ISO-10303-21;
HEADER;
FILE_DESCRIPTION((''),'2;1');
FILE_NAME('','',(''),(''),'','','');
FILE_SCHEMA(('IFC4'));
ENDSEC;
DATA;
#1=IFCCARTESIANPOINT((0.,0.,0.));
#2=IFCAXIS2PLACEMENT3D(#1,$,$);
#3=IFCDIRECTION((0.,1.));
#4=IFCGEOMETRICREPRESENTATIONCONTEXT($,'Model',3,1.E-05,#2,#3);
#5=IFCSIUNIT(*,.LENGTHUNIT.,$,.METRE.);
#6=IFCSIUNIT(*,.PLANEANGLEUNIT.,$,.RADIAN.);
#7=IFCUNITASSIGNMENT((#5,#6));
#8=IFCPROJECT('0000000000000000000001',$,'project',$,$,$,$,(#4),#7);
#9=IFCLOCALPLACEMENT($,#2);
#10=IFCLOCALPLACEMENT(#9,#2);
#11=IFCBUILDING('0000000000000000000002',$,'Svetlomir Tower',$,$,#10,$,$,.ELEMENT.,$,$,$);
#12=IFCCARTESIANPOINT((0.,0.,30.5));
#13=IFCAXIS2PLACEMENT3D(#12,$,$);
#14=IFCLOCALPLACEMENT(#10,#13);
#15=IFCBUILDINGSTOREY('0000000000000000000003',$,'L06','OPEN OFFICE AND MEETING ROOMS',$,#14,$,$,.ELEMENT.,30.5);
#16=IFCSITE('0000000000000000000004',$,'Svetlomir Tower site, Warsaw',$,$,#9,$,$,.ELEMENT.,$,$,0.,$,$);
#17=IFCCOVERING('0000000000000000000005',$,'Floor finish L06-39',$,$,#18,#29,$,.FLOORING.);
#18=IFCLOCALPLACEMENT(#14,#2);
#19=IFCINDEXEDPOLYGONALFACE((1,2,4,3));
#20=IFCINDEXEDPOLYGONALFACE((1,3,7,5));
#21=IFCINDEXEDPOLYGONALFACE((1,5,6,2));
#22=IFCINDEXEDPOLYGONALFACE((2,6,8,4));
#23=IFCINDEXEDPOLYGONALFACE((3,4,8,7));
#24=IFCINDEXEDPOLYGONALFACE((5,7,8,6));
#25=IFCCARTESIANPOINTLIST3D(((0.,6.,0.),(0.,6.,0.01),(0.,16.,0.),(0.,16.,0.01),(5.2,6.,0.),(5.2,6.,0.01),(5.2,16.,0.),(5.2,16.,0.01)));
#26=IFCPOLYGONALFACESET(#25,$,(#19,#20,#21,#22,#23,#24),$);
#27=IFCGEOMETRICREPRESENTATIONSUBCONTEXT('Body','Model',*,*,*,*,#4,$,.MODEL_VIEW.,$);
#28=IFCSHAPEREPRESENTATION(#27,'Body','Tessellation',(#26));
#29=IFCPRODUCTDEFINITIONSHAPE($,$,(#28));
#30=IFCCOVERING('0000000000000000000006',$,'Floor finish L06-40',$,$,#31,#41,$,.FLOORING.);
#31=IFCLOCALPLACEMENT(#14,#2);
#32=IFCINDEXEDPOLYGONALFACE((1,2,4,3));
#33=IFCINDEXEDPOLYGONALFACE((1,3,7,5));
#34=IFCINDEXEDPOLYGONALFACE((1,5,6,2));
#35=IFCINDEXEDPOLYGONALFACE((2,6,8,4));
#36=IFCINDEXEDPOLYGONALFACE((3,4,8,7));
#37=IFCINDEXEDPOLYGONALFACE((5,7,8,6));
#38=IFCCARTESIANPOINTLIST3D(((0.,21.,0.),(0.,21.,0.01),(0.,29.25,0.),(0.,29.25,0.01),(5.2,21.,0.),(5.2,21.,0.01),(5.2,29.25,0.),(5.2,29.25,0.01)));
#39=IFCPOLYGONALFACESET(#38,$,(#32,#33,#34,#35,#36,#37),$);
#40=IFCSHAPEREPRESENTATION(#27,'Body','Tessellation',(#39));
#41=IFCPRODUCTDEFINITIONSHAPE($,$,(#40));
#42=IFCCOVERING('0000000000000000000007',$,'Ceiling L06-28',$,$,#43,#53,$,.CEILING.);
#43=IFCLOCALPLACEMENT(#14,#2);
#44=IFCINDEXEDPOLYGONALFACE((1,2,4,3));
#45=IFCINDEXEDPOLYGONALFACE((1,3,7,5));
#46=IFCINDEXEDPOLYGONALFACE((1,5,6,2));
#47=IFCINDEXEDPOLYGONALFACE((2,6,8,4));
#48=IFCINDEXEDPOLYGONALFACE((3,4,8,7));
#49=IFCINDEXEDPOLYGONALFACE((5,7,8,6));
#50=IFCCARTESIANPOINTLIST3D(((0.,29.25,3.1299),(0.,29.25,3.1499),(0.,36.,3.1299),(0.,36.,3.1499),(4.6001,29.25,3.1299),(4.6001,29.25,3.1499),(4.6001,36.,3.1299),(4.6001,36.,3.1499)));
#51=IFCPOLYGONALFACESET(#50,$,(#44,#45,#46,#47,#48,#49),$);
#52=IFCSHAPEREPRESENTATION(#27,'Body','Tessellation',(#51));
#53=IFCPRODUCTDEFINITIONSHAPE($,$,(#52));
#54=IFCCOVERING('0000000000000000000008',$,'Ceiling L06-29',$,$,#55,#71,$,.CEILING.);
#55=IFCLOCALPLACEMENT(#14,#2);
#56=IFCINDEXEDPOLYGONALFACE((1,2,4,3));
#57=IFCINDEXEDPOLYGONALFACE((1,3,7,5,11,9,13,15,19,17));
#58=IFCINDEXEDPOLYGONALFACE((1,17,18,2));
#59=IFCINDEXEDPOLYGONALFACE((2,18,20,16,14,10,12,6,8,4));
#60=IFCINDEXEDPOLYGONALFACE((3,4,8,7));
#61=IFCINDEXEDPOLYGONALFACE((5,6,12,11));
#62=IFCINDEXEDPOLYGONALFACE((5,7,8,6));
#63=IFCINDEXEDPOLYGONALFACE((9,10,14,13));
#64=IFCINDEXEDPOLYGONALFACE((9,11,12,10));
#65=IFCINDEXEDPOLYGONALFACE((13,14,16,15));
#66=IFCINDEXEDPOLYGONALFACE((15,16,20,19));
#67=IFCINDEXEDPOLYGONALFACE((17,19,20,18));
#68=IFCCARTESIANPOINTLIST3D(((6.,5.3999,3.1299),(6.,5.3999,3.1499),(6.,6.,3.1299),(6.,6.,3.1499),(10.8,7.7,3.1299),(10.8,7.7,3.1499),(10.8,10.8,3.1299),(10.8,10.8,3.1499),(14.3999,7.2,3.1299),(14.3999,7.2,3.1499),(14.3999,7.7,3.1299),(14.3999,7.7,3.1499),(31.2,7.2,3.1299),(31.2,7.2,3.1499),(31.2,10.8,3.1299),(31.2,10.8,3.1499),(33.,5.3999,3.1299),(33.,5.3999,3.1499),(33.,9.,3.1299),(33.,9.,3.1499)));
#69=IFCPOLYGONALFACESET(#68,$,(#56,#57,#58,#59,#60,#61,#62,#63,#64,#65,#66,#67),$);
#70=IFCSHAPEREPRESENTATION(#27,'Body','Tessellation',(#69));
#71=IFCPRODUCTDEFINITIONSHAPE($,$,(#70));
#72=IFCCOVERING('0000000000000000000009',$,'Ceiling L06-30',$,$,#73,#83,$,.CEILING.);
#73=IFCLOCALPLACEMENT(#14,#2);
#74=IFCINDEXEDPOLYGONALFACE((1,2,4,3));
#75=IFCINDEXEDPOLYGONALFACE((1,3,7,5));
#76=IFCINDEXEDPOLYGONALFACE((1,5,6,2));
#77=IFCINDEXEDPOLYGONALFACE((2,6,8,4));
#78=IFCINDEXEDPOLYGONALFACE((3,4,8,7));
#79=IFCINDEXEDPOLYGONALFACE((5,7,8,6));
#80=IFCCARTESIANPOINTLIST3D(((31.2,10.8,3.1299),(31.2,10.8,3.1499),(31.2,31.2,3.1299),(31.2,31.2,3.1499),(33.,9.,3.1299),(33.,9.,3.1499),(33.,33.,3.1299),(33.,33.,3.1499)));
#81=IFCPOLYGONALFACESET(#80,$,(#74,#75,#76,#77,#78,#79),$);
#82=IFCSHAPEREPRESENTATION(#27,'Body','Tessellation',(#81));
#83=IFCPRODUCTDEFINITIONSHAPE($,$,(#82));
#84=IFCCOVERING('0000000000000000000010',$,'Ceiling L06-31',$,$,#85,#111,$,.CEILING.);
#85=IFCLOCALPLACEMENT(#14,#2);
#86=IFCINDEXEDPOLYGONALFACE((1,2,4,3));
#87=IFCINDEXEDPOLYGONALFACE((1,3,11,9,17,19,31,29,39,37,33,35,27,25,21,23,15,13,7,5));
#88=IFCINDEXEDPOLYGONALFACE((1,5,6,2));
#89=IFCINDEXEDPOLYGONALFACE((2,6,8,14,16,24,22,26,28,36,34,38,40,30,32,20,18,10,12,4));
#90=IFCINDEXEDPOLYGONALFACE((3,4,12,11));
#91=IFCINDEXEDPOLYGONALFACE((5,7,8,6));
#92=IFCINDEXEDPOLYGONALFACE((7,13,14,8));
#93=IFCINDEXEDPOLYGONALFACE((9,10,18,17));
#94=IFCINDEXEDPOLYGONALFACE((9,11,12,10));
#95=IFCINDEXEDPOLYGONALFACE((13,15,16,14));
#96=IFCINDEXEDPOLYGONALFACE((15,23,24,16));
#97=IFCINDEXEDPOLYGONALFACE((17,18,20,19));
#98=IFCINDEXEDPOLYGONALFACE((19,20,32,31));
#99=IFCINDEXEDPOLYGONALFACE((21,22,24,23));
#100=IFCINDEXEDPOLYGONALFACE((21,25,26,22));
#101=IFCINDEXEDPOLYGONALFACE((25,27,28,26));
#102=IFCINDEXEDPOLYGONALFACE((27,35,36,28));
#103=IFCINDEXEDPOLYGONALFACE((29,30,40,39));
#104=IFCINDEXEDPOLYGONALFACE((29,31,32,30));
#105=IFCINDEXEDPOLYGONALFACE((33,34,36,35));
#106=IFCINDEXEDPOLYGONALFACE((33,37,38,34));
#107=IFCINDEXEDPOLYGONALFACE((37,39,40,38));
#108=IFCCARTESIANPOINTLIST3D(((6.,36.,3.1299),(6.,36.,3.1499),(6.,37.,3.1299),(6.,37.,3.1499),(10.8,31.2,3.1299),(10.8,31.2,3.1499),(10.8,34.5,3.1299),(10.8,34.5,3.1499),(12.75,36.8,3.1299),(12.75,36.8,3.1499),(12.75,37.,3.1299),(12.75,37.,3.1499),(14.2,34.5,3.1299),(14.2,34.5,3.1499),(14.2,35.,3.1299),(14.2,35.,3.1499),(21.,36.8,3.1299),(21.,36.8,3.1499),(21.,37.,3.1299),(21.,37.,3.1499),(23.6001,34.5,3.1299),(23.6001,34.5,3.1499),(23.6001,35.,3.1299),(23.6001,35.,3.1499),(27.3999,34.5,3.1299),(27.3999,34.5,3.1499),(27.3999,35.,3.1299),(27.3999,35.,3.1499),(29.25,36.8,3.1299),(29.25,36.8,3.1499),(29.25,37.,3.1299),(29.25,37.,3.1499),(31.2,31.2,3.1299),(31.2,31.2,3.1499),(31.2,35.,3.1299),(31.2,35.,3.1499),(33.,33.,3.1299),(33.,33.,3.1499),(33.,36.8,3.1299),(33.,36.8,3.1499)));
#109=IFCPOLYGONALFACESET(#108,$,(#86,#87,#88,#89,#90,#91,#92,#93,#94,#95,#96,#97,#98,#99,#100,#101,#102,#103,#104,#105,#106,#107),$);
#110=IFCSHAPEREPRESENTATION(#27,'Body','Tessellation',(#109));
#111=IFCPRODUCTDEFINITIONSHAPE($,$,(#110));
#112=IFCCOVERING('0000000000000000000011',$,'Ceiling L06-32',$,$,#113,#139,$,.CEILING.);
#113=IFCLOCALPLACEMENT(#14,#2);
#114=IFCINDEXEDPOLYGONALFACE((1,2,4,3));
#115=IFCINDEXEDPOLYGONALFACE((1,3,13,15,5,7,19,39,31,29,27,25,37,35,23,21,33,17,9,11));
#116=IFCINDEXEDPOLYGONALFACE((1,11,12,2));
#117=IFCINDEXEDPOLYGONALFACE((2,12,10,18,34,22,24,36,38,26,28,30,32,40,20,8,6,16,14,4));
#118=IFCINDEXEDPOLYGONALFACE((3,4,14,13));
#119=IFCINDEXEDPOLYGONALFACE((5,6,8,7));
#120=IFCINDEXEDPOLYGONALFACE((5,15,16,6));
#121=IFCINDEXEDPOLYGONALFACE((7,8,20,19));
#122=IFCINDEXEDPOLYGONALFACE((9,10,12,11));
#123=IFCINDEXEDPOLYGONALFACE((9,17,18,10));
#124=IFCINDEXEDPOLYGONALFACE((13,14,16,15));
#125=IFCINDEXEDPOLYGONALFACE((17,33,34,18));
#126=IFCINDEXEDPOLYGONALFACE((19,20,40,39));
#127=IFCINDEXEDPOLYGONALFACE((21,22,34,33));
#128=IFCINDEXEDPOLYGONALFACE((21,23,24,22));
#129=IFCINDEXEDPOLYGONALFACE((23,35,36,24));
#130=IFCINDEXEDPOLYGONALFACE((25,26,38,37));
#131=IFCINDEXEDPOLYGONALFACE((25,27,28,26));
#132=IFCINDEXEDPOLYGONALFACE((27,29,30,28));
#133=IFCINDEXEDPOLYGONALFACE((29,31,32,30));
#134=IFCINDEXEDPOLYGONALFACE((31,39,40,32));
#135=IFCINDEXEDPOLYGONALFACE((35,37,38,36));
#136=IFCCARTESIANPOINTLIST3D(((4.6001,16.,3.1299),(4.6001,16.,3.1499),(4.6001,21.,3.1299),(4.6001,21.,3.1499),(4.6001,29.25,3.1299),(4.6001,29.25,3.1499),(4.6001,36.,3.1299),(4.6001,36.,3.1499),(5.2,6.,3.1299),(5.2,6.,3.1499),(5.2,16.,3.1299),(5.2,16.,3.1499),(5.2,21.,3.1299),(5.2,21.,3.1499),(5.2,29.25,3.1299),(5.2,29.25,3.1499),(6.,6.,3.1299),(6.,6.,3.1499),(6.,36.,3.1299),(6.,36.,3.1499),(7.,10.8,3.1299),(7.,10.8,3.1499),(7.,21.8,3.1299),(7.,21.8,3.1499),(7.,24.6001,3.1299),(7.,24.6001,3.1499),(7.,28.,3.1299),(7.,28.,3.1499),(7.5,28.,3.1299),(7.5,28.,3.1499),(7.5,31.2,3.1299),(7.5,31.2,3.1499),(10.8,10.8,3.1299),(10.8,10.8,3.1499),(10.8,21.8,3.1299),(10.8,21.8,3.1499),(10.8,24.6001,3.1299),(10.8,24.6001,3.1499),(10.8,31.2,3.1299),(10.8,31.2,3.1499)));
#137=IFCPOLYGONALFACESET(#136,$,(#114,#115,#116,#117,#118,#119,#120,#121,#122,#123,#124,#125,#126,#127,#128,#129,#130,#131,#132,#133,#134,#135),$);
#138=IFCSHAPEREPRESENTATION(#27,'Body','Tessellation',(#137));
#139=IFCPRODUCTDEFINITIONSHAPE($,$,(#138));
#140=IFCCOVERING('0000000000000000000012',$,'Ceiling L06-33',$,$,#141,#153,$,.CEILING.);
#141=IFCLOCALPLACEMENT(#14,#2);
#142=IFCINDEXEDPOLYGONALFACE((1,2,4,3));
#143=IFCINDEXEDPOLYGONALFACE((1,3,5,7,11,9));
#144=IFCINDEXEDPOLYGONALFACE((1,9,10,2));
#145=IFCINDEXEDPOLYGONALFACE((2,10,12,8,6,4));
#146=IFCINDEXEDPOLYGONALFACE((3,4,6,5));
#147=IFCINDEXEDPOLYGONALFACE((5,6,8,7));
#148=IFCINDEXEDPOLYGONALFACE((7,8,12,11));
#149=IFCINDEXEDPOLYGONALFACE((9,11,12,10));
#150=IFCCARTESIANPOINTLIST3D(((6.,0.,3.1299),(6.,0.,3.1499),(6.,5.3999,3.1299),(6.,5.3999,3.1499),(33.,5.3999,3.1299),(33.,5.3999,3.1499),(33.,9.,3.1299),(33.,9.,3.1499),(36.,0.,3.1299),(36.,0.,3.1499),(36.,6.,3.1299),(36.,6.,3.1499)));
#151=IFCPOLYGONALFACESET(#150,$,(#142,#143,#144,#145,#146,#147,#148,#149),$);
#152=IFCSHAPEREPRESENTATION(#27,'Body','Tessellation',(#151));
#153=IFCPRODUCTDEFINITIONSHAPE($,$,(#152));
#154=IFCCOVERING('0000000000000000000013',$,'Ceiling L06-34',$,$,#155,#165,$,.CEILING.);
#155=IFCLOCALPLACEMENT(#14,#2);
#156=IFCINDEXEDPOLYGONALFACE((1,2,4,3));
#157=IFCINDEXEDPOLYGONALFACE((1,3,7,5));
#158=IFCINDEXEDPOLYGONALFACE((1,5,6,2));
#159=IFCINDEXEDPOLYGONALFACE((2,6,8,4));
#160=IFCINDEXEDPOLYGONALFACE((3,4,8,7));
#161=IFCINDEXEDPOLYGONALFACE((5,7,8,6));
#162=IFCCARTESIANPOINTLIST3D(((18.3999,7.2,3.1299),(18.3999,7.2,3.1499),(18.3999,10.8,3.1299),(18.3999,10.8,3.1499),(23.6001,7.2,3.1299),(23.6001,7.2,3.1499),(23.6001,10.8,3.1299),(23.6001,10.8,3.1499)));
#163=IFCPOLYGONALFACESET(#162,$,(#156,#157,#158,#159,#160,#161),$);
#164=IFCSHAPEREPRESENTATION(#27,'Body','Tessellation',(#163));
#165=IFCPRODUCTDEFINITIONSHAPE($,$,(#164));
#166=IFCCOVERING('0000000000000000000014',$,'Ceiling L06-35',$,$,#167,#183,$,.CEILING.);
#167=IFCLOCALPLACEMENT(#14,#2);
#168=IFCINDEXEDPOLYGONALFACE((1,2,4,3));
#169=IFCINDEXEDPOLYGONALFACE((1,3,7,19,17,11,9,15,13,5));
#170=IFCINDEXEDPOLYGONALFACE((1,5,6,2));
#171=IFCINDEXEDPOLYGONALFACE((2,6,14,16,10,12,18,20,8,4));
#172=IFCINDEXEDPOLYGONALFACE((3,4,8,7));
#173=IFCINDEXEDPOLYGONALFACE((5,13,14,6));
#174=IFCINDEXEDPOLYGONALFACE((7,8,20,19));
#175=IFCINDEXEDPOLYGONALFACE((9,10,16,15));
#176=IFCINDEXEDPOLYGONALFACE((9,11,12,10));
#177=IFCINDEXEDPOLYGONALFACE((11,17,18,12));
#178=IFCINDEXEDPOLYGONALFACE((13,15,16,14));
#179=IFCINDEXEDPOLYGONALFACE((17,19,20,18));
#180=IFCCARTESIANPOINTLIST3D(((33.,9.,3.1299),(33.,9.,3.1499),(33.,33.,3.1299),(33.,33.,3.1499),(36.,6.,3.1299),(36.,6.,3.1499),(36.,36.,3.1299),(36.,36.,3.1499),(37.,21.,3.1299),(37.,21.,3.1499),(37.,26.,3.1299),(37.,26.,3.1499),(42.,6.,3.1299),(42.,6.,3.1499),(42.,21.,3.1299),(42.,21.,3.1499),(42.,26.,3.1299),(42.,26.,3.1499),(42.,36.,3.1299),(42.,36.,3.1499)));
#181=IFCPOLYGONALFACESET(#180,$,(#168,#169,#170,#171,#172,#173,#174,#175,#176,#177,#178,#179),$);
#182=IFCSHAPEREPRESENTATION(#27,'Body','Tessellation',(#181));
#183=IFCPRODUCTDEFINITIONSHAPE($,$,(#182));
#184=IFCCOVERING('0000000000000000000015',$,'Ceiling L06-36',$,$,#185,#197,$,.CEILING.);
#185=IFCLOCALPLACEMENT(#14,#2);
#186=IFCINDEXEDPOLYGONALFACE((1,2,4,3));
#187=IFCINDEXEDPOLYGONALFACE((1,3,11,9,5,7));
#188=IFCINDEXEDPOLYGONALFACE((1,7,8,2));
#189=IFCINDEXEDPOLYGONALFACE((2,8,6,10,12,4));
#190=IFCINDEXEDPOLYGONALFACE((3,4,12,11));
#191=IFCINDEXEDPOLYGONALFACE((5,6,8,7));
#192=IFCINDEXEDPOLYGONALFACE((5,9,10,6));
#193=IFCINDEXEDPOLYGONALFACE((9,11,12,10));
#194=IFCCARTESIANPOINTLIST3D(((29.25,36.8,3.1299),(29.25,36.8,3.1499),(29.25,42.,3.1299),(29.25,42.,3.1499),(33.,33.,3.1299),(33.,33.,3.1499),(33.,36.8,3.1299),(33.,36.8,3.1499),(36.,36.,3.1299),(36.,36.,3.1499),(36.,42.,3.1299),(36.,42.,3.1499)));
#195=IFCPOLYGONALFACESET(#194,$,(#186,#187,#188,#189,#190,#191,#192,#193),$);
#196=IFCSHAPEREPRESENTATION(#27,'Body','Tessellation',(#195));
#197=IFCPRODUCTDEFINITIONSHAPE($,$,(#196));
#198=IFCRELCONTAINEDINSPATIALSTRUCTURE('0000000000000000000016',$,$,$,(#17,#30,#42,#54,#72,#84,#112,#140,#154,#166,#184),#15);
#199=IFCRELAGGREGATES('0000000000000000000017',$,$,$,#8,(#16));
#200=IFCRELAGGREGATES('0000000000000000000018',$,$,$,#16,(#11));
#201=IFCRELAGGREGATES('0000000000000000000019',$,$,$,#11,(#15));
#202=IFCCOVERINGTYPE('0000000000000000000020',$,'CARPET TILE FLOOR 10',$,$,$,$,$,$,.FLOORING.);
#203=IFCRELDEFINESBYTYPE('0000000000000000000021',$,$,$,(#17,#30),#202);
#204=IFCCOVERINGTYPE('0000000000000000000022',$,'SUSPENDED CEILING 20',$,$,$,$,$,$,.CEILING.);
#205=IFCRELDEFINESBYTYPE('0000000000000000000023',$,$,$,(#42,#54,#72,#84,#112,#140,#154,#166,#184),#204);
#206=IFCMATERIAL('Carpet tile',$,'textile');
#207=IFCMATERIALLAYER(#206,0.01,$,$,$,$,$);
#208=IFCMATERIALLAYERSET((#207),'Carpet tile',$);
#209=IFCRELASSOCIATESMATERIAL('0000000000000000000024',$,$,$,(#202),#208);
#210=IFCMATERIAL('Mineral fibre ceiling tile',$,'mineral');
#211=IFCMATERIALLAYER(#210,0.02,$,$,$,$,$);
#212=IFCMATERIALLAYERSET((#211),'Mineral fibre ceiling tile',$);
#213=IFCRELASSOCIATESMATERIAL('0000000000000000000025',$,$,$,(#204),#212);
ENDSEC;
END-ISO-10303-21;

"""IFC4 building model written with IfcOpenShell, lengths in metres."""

from ifc_helpers import new_model, si_unit, direction, frame, origin, place, context, subcontext, project, spatial, polyline, outline, extrude, material, layer, layer_set, type_object, element, save


model = new_model("IFC4")

# Units and contexts
model_context = context("Model", 3, precision=1e-05, world=origin(), true_north=direction((0.0, 1.0)))
body_context = subcontext(model_context, "Body", "Model", "MODEL_VIEW")
ifc_project = project(units=[si_unit("LENGTHUNIT", "METRE"), si_unit("PLANEANGLEUNIT", "RADIAN")], contexts=[model_context])

# Site, building, storey
site_placement = place(None, origin())
site = spatial("IfcSite", under=ifc_project, at=site_placement, Name="Svetlomir Tower site, Warsaw", CompositionType="ELEMENT", RefElevation=0.0)
building_placement = place(site_placement, origin())
building = spatial("IfcBuilding", under=site, at=building_placement, Name="Svetlomir Tower", CompositionType="ELEMENT")
storey_placement = place(building_placement, frame((0.0, 0.0, 30.5)))
storey = spatial("IfcBuildingStorey", under=building, at=storey_placement, Name="L06", Description="OPEN OFFICE AND MEETING ROOMS", CompositionType="ELEMENT", Elevation=30.5)

# Coverings
ifc_material_1 = material(Name="Carpet tile", Category="textile")
ifc_layer_1 = layer(ifc_material_1, 0.01)
ifc_layer_set_1 = layer_set([ifc_layer_1], Name="Carpet tile")
covering_type_1 = type_object("IfcCoveringType", Name="CARPET TILE FLOOR 10", PredefinedType="FLOORING", material=ifc_layer_set_1)
covering_1_placement = place(storey_placement, origin())
element("IfcCovering", 1, at=covering_1_placement, inside=storey, type_object=covering_type_1, Name="Floor finish L06-39", PredefinedType="FLOORING", context=body_context, shape_type="SweptSolid", body=[
    extrude(outline(polyline([(0.0, 16.0), (5.2, 16.0), (5.2, 6.0), (0.0, 6.0), (0.0, 16.0)])), origin(), (0.0, 0.0, 1.0), 0.01),
])
covering_2_placement = place(storey_placement, origin())
element("IfcCovering", 2, at=covering_2_placement, inside=storey, type_object=covering_type_1, Name="Floor finish L06-40", PredefinedType="FLOORING", context=body_context, shape_type="SweptSolid", body=[
    extrude(outline(polyline([(0.0, 29.25), (5.2, 29.25), (5.2, 21.0), (0.0, 21.0), (0.0, 29.25)])), origin(), (0.0, 0.0, 1.0), 0.01),
])
ifc_material_2 = material(Name="Mineral fibre ceiling tile", Category="mineral")
ifc_layer_2 = layer(ifc_material_2, 0.02)
ifc_layer_set_2 = layer_set([ifc_layer_2], Name="Mineral fibre ceiling tile")
covering_type_2 = type_object("IfcCoveringType", Name="SUSPENDED CEILING 20", PredefinedType="CEILING", material=ifc_layer_set_2)
covering_3_placement = place(storey_placement, frame((0.0, 0.0, 3.1299)))
element("IfcCovering", 3, at=covering_3_placement, inside=storey, type_object=covering_type_2, Name="Ceiling L06-28", PredefinedType="CEILING", context=body_context, shape_type="SweptSolid", body=[
    extrude(outline(polyline([(0.0, 29.25), (4.6001, 29.25), (4.6001, 36.0), (0.0, 36.0), (0.0, 29.25)])), origin(), (0.0, 0.0, 1.0), 0.02),
])
covering_4_placement = place(storey_placement, frame((0.0, 0.0, 3.1299)))
element("IfcCovering", 4, at=covering_4_placement, inside=storey, type_object=covering_type_2, Name="Ceiling L06-29", PredefinedType="CEILING", context=body_context, shape_type="SweptSolid", body=[
    extrude(outline(polyline([(33.0, 5.3999), (6.0, 5.3999), (6.0, 6.0), (10.8, 10.8), (10.8, 7.7), (14.3999, 7.7), (14.3999, 7.2), (31.2, 7.2), (31.2, 10.8), (33.0, 9.0), (33.0, 5.3999)])), origin(), (0.0, 0.0, 1.0), 0.02),
])
covering_5_placement = place(storey_placement, frame((0.0, 0.0, 3.1299)))
element("IfcCovering", 5, at=covering_5_placement, inside=storey, type_object=covering_type_2, Name="Ceiling L06-30", PredefinedType="CEILING", context=body_context, shape_type="SweptSolid", body=[
    extrude(outline(polyline([(33.0, 9.0), (31.2, 10.8), (31.2, 31.2), (33.0, 33.0), (33.0, 9.0)])), origin(), (0.0, 0.0, 1.0), 0.02),
])
covering_6_placement = place(storey_placement, frame((0.0, 0.0, 3.1299)))
element("IfcCovering", 6, at=covering_6_placement, inside=storey, type_object=covering_type_2, Name="Ceiling L06-31", PredefinedType="CEILING", context=body_context, shape_type="SweptSolid", body=[
    extrude(outline(polyline([(6.0, 37.0), (12.75, 37.0), (12.75, 36.8), (21.0, 36.8), (21.0, 37.0), (29.25, 37.0), (29.25, 36.8), (33.0, 36.8), (33.0, 33.0), (31.2, 31.2), (31.2, 35.0), (27.3999, 35.0), (27.3999, 34.5), (23.6001, 34.5), (23.6001, 35.0), (14.2, 35.0), (14.2, 34.5), (10.8, 34.5), (10.8, 31.2), (6.0, 36.0), (6.0, 37.0)])), origin(), (0.0, 0.0, 1.0), 0.02),
])
covering_7_placement = place(storey_placement, frame((0.0, 0.0, 3.1299)))
element("IfcCovering", 7, at=covering_7_placement, inside=storey, type_object=covering_type_2, Name="Ceiling L06-32", PredefinedType="CEILING", context=body_context, shape_type="SweptSolid", body=[
    extrude(outline(polyline([(5.2, 21.0), (5.2, 29.25), (4.6001, 29.25), (4.6001, 36.0), (6.0, 36.0), (10.8, 31.2), (7.5, 31.2), (7.5, 28.0), (7.0, 28.0), (7.0, 24.6001), (10.8, 24.6001), (10.8, 21.8), (7.0, 21.8), (7.0, 10.8), (10.8, 10.8), (6.0, 6.0), (5.2, 6.0), (5.2, 16.0), (4.6001, 16.0), (4.6001, 21.0), (5.2, 21.0)])), origin(), (0.0, 0.0, 1.0), 0.02),
])
covering_8_placement = place(storey_placement, frame((0.0, 0.0, 3.1299)))
element("IfcCovering", 8, at=covering_8_placement, inside=storey, type_object=covering_type_2, Name="Ceiling L06-33", PredefinedType="CEILING", context=body_context, shape_type="SweptSolid", body=[
    extrude(outline(polyline([(36.0, 0.0), (6.0, 0.0), (6.0, 5.3999), (33.0, 5.3999), (33.0, 9.0), (36.0, 6.0), (36.0, 0.0)])), origin(), (0.0, 0.0, 1.0), 0.02),
])
covering_9_placement = place(storey_placement, frame((0.0, 0.0, 3.1299)))
element("IfcCovering", 9, at=covering_9_placement, inside=storey, type_object=covering_type_2, Name="Ceiling L06-34", PredefinedType="CEILING", context=body_context, shape_type="SweptSolid", body=[
    extrude(outline(polyline([(23.6001, 10.8), (23.6001, 7.2), (18.3999, 7.2), (18.3999, 10.8), (23.6001, 10.8)])), origin(), (0.0, 0.0, 1.0), 0.02),
])
covering_10_placement = place(storey_placement, frame((0.0, 0.0, 3.1299)))
element("IfcCovering", 10, at=covering_10_placement, inside=storey, type_object=covering_type_2, Name="Ceiling L06-35", PredefinedType="CEILING", context=body_context, shape_type="SweptSolid", body=[
    extrude(outline(polyline([(33.0, 33.0), (36.0, 36.0), (42.0, 36.0), (42.0, 26.0), (37.0, 26.0), (37.0, 21.0), (42.0, 21.0), (42.0, 6.0), (36.0, 6.0), (33.0, 9.0), (33.0, 33.0)])), origin(), (0.0, 0.0, 1.0), 0.02),
])
covering_11_placement = place(storey_placement, frame((0.0, 0.0, 3.1299)))
element("IfcCovering", 11, at=covering_11_placement, inside=storey, type_object=covering_type_2, Name="Ceiling L06-36", PredefinedType="CEILING", context=body_context, shape_type="SweptSolid", body=[
    extrude(outline(polyline([(33.0, 36.8), (29.25, 36.8), (29.25, 42.0), (36.0, 42.0), (36.0, 36.0), (33.0, 33.0), (33.0, 36.8)])), origin(), (0.0, 0.0, 1.0), 0.02),
])

save(model, "model.ifc")
